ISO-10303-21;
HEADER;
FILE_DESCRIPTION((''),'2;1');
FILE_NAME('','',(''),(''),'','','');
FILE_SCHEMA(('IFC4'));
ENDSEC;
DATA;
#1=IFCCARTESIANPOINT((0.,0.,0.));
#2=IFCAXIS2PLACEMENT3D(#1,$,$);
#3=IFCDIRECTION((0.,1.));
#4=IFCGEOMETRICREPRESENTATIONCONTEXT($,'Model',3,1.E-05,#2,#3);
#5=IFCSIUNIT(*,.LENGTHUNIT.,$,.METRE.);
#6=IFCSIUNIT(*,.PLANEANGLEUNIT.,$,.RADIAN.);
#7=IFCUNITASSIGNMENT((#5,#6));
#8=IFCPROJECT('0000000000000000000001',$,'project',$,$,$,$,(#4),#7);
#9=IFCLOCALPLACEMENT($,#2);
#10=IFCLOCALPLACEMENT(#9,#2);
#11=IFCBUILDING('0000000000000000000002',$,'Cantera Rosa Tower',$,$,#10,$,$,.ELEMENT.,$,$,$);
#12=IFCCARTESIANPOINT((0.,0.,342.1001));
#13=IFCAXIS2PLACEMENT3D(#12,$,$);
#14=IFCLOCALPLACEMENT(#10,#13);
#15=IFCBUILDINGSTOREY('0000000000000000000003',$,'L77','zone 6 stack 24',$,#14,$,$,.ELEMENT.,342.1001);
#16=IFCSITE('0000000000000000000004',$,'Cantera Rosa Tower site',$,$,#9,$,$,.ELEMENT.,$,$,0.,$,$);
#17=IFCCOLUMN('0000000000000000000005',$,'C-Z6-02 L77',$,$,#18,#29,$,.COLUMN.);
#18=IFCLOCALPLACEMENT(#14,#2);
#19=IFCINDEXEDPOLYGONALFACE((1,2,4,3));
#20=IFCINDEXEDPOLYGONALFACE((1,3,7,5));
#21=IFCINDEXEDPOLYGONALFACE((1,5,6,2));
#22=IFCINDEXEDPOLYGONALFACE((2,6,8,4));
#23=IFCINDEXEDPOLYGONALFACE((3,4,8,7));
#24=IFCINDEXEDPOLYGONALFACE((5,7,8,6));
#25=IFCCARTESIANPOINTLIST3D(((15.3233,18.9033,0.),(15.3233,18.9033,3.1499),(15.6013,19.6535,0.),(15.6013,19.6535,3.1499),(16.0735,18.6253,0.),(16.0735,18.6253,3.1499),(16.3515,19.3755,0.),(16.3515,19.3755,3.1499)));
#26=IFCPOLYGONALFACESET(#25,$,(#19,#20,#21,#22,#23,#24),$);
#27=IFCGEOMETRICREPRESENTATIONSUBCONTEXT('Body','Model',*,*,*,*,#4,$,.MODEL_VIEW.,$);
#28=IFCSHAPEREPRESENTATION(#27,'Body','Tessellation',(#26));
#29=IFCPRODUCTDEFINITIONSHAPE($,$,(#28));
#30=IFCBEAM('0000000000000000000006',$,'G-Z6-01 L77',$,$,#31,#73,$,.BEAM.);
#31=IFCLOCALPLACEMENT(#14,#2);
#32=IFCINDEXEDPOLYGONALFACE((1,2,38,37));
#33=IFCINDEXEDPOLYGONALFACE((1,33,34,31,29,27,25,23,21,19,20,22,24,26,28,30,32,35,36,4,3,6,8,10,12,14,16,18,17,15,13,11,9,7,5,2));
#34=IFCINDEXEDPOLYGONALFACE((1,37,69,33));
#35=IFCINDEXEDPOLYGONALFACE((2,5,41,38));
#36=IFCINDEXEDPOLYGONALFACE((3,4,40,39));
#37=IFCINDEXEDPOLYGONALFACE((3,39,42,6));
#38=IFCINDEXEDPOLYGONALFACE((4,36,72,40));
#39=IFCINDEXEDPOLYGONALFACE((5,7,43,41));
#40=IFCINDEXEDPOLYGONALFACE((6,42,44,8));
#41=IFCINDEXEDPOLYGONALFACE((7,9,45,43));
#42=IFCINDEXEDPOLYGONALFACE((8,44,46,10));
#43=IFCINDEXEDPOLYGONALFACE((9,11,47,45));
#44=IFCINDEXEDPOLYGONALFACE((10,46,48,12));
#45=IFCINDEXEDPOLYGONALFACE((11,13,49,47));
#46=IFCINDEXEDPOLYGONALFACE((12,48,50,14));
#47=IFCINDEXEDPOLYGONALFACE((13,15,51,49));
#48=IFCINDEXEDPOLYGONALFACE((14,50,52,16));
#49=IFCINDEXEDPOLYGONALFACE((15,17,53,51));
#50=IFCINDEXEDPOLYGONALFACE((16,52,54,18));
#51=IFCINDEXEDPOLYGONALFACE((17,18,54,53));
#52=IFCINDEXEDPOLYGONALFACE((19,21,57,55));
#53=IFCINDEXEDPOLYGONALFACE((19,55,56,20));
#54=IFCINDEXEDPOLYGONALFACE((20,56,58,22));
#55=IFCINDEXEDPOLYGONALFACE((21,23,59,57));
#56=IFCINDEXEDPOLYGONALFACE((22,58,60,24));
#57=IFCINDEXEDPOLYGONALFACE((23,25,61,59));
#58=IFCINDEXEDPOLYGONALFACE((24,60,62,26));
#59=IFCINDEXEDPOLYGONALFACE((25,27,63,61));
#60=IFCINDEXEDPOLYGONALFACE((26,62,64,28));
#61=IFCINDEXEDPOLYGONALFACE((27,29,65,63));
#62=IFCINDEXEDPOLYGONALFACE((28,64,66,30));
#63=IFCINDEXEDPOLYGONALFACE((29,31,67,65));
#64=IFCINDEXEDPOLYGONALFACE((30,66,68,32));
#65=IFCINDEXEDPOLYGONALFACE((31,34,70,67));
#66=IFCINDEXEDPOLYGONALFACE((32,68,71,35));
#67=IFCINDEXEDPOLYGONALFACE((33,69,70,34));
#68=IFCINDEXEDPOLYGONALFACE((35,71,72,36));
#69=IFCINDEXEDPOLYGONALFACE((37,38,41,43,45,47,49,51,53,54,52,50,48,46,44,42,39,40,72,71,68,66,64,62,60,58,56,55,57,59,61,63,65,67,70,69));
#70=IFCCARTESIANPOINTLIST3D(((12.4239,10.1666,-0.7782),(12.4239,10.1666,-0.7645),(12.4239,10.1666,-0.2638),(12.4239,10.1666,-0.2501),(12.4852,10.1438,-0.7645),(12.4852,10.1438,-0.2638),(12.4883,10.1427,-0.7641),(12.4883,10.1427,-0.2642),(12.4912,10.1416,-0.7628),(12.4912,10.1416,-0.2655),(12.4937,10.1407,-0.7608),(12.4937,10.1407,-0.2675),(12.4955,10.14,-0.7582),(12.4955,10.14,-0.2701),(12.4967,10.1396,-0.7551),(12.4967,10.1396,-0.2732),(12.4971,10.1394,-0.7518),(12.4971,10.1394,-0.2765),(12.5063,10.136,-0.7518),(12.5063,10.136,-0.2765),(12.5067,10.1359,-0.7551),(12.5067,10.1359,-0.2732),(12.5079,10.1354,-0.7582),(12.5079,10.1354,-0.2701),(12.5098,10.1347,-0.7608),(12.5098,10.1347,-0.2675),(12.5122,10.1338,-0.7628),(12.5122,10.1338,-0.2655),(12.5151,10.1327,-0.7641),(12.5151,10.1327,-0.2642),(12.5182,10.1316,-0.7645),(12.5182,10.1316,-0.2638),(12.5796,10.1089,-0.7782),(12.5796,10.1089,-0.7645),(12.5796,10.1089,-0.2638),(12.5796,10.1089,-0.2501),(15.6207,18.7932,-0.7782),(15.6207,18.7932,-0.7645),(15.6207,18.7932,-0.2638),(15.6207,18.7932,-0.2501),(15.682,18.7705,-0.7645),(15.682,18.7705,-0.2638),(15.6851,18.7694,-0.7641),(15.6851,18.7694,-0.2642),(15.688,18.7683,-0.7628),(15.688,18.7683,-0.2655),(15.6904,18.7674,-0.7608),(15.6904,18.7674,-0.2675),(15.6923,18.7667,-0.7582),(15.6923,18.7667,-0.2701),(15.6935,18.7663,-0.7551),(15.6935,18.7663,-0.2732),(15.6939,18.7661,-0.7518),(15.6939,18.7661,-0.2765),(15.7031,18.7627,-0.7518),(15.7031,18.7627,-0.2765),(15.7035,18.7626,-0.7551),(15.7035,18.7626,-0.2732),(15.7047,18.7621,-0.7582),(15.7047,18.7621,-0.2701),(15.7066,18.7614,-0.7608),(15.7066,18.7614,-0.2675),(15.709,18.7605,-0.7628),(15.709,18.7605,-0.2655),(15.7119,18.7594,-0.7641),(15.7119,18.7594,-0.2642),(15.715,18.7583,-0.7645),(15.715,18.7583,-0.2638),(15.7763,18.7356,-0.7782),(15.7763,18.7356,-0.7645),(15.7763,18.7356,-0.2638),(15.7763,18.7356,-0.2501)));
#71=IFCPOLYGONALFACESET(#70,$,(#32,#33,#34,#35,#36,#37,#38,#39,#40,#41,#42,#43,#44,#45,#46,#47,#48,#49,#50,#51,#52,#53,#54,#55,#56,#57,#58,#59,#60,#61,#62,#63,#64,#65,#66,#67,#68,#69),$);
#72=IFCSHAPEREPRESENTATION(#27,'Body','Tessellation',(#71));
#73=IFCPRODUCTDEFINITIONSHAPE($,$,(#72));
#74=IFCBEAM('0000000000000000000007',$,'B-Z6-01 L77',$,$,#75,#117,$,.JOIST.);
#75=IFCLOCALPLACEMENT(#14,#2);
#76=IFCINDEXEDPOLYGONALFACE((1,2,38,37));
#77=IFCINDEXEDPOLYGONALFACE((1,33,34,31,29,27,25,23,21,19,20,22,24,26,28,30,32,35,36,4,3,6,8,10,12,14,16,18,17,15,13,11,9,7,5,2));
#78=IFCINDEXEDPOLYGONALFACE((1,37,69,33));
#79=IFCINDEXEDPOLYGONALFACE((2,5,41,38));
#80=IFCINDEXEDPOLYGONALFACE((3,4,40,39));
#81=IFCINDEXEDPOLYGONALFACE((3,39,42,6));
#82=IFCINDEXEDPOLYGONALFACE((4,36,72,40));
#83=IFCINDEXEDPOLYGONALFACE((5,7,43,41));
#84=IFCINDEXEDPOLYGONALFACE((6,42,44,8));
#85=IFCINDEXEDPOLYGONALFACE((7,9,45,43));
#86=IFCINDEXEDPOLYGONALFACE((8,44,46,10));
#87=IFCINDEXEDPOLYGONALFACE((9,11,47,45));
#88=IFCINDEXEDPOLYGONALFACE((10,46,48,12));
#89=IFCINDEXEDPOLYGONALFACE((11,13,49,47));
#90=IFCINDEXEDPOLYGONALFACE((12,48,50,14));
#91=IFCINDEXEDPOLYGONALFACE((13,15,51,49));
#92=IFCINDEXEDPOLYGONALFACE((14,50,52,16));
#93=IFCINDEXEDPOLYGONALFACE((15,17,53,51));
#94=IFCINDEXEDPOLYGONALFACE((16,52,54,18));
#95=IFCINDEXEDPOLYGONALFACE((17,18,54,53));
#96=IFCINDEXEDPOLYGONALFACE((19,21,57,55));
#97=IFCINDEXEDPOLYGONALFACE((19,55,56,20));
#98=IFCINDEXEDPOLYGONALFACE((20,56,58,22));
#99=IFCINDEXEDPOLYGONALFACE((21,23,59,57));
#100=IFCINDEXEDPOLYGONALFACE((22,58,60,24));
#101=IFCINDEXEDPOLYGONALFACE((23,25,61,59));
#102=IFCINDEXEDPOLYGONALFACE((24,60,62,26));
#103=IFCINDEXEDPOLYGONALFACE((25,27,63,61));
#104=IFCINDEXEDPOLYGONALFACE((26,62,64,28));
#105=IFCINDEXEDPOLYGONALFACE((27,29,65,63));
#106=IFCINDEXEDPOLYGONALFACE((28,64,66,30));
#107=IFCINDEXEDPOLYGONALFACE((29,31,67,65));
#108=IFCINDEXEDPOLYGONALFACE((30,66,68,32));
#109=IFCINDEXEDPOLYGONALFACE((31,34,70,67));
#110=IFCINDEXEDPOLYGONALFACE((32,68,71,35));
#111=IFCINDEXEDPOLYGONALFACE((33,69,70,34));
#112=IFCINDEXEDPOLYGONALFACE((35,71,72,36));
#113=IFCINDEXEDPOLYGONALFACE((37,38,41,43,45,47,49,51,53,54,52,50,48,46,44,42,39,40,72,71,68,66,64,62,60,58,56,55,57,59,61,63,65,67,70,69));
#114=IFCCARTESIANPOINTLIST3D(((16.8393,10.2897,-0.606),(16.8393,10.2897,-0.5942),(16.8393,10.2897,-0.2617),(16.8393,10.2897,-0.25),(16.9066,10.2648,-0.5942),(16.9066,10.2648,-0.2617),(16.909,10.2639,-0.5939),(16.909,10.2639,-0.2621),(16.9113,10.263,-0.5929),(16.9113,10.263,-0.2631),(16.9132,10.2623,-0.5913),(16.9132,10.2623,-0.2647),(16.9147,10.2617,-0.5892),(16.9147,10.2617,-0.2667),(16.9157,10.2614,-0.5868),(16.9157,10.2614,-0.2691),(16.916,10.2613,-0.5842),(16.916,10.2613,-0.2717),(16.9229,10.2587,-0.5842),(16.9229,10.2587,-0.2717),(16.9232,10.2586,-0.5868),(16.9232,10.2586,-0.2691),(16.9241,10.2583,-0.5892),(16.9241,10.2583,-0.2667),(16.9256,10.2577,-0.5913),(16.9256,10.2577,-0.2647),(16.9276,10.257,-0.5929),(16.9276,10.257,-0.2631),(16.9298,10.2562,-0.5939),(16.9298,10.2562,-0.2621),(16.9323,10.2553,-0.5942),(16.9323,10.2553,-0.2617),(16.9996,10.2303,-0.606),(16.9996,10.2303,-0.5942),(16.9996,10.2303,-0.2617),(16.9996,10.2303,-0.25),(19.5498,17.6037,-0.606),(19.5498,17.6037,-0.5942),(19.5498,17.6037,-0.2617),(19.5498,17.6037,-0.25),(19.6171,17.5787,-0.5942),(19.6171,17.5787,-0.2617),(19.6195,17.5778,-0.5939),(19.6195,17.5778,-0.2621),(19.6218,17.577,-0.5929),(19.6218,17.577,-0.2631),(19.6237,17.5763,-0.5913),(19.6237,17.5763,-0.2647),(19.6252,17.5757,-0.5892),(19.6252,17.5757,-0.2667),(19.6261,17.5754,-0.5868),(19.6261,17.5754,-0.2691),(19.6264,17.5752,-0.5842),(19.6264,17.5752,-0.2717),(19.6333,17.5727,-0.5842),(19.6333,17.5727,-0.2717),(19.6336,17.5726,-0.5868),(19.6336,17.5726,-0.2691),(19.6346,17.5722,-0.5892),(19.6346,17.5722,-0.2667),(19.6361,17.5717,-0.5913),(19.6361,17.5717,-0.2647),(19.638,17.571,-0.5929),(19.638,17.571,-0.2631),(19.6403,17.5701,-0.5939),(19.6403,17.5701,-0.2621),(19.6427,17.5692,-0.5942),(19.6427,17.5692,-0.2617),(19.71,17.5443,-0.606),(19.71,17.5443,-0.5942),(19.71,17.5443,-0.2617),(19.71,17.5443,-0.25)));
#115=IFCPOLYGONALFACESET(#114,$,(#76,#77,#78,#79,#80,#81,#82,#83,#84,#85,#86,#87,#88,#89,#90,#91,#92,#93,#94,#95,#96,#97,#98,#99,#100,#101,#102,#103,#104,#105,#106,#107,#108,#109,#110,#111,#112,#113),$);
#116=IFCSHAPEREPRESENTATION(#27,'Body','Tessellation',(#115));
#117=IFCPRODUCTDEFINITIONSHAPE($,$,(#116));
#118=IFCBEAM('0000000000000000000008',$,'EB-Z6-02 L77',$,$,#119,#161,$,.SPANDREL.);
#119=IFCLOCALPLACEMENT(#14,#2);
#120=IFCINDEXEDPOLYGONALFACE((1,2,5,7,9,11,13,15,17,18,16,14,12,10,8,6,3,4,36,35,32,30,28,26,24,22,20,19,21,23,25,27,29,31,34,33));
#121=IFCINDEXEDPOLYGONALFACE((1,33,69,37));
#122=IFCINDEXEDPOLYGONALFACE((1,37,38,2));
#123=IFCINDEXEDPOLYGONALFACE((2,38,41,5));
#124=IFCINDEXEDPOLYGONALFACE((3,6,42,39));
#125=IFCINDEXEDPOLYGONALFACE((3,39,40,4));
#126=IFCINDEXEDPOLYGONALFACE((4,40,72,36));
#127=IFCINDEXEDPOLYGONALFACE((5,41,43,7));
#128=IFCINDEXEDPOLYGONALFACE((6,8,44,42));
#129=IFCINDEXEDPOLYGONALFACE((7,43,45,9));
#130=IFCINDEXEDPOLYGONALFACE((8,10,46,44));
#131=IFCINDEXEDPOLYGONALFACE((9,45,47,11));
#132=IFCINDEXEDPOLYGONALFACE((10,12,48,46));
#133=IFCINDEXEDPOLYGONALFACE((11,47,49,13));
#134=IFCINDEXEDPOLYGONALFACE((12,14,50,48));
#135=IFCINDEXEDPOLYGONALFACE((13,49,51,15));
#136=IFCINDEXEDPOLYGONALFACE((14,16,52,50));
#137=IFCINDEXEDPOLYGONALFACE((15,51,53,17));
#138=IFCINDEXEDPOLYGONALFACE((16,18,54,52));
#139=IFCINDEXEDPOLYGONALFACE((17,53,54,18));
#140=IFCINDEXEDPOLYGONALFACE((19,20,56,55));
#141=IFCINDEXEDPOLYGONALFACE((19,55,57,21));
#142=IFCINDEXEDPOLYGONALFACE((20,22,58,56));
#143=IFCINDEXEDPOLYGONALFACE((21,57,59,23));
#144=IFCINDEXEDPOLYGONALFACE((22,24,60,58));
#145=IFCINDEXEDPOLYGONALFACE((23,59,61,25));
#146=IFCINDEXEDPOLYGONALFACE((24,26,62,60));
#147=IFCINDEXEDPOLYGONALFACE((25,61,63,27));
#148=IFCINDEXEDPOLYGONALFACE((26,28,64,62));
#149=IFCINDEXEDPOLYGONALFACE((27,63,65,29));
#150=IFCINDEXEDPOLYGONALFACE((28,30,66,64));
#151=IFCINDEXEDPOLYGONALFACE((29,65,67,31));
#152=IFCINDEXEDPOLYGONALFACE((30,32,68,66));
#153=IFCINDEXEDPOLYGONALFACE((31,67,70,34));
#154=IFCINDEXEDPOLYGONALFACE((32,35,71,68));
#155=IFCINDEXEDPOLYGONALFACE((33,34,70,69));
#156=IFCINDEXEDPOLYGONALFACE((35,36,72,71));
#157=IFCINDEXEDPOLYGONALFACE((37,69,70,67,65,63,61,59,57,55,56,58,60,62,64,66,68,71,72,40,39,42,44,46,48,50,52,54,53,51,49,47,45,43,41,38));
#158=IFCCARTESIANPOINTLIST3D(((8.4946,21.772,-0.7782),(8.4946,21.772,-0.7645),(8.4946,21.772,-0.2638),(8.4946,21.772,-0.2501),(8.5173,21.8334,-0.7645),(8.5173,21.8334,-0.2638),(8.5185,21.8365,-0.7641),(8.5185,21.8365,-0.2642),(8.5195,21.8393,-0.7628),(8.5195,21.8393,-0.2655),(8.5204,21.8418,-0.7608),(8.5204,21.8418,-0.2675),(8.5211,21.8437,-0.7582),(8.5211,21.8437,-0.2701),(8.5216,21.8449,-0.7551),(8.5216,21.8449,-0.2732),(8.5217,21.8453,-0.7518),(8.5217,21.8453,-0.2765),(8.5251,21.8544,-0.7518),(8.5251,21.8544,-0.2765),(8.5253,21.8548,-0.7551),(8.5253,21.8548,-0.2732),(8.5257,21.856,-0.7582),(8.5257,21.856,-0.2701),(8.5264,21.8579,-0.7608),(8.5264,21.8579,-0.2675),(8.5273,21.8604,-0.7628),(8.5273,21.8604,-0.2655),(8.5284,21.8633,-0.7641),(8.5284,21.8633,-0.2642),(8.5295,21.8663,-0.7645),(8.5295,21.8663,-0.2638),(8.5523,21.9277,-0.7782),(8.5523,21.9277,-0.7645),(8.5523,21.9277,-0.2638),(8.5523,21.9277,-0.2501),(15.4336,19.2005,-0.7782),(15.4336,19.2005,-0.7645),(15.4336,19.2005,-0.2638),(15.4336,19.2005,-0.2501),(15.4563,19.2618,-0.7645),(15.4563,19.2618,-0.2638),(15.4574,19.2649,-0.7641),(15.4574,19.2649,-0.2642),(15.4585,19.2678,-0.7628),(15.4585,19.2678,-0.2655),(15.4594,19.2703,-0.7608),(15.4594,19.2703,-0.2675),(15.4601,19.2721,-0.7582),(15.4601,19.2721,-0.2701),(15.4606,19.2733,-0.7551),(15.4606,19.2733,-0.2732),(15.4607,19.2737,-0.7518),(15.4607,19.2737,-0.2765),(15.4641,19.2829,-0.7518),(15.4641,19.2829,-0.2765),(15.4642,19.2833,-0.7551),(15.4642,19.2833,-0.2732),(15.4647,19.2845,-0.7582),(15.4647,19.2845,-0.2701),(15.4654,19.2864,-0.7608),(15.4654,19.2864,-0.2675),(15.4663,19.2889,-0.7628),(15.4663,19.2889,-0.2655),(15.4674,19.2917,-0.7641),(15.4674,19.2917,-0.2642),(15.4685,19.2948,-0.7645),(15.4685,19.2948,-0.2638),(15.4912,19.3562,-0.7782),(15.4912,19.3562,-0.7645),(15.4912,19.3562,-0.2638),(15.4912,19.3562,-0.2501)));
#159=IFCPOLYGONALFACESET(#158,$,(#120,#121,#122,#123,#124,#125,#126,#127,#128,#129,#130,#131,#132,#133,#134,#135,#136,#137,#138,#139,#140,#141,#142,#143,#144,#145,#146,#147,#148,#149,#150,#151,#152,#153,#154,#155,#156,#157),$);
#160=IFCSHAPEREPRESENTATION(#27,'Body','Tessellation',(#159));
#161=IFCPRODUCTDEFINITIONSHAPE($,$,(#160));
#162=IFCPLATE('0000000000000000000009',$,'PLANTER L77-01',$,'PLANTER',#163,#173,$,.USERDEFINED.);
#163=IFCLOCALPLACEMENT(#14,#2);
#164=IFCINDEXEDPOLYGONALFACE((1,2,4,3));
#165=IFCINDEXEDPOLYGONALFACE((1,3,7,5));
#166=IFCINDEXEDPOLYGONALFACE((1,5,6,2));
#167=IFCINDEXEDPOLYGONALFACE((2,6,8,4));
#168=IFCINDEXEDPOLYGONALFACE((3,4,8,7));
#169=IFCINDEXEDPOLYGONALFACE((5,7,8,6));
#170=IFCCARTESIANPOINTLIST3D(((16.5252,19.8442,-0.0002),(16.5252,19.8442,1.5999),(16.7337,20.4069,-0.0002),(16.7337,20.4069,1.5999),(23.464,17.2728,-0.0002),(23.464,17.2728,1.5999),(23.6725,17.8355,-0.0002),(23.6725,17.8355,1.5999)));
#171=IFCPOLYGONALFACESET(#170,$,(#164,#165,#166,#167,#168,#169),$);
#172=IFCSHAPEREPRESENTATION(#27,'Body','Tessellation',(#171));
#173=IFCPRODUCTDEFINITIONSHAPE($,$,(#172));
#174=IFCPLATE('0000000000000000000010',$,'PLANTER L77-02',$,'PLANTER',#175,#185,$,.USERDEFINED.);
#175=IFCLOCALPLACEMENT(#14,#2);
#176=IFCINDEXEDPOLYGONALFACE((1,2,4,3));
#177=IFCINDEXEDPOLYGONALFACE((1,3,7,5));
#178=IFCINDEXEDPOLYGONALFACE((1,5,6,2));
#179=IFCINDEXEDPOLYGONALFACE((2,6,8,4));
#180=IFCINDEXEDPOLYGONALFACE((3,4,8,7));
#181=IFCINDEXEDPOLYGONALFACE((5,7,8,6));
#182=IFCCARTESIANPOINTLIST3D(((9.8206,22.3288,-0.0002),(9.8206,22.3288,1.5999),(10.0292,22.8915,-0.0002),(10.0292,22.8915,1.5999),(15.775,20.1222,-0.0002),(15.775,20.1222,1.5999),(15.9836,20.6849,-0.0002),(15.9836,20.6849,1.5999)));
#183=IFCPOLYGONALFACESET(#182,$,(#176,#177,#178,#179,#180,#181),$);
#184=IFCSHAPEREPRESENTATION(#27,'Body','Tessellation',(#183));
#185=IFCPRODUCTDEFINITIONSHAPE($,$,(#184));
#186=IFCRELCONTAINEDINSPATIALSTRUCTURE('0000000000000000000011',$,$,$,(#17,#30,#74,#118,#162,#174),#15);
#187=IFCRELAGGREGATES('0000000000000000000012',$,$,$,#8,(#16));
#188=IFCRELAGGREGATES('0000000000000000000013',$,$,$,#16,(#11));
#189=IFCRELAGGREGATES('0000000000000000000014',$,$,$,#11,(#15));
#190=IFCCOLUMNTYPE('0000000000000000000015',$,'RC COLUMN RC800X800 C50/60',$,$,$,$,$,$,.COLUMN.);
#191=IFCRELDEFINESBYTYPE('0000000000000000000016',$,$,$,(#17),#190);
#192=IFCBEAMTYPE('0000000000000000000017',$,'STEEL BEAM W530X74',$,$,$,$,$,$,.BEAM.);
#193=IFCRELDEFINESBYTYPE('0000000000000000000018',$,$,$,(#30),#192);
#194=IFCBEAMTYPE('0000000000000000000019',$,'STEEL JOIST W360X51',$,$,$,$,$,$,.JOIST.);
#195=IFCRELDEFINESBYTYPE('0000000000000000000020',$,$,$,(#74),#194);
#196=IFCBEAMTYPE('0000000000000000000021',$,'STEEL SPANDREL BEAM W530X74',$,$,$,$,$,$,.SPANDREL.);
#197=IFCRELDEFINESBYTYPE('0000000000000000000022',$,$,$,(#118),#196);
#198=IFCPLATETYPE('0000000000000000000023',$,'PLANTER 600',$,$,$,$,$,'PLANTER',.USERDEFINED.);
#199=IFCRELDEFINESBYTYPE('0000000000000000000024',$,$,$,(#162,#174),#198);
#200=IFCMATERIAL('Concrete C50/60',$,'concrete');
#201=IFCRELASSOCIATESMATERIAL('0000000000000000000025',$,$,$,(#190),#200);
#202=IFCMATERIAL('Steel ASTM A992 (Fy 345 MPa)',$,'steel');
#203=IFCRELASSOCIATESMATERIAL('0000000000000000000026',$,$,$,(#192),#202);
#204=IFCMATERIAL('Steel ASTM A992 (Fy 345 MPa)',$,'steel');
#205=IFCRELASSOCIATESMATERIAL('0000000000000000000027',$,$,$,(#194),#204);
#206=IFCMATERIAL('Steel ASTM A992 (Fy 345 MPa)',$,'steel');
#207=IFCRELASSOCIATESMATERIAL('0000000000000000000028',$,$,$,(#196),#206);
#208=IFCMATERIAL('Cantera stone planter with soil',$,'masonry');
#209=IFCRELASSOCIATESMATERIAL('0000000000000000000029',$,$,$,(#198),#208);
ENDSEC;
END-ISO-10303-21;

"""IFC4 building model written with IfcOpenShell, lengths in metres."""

from ifc_helpers import new_model, si_unit, direction, frame, origin, origin_2d, place, context, subcontext, project, spatial, rectangle, i_section, extrude, material, material_profile, profile_set, type_object, element, save


model = new_model("IFC4")

# Units and contexts
model_context = context("Model", 3, precision=1e-05, world=origin(), true_north=direction((0.0, 1.0)))
body_context = subcontext(model_context, "Body", "Model", "MODEL_VIEW")
ifc_project = project(units=[si_unit("LENGTHUNIT", "METRE"), si_unit("PLANEANGLEUNIT", "RADIAN")], contexts=[model_context])

# Site, building, storey
site_placement = place(None, origin())
site = spatial("IfcSite", under=ifc_project, at=site_placement, Name="Cantera Rosa Tower site", CompositionType="ELEMENT", RefElevation=0.0)
building_placement = place(site_placement, origin())
building = spatial("IfcBuilding", under=site, at=building_placement, Name="Cantera Rosa Tower", CompositionType="ELEMENT")
storey_placement = place(building_placement, frame((0.0, 0.0, 342.1001)))
storey = spatial("IfcBuildingStorey", under=building, at=storey_placement, Name="L77", Description="zone 6 stack 24", CompositionType="ELEMENT", Elevation=342.1001)

# Column
ifc_material_1 = material(Name="Concrete C50/60", Category="concrete")
ifc_material_profile_1 = material_profile(ifc_material_1, rectangle(XDim=0.8, YDim=0.8, at=origin_2d()), Name="RC COLUMN RC800X800 C50/60")
ifc_profile_set_1 = profile_set([ifc_material_profile_1], Name="Concrete C50/60")
column_type = type_object("IfcColumnType", Name="RC COLUMN RC800X800 C50/60", PredefinedType="COLUMN", material=ifc_profile_set_1)
column_placement = place(storey_placement, frame((15.8374, 19.1394, 0.0), z_axis=(0.0, 0.0, 1.0), x_axis=(0.347481, 0.937687, 0.0)))
element("IfcColumn", 1, at=column_placement, inside=storey, type_object=column_type, Name="C-Z6-02 L77", PredefinedType="COLUMN", context=body_context, shape_type="SweptSolid", body=[
    extrude(rectangle(XDim=0.8, YDim=0.8, at=origin_2d()), origin(), (0.0, 0.0, 1.0), 3.1499),
])

# Beams
ifc_material_2 = material(Name="Steel ASTM A992 (Fy 345 MPa)", Category="steel")
ifc_material_profile_2 = material_profile(ifc_material_2, i_section(OverallWidth=0.166, OverallDepth=0.5281, WebThickness=0.0098, FlangeThickness=0.0137, FilletRadius=0.0127, at=origin_2d()), Name="W530X74")
ifc_profile_set_2 = profile_set([ifc_material_profile_2], Name="Steel ASTM A992 (Fy 345 MPa)")
beam_type_1 = type_object("IfcBeamType", Name="STEEL BEAM W530X74", PredefinedType="BEAM", material=ifc_profile_set_2)
beam_1_placement = place(storey_placement, frame((15.6985, 18.7644, -0.5142), z_axis=(-0.347477, -0.937689, 0.0), x_axis=(0.937689, -0.347477, 0.0)))
element("IfcBeam", 2, at=beam_1_placement, inside=storey, type_object=beam_type_1, Name="G-Z6-01 L77", PredefinedType="BEAM", context=body_context, shape_type="SweptSolid", body=[
    extrude(i_section(OverallWidth=0.166, OverallDepth=0.5281, WebThickness=0.0098, FlangeThickness=0.0137, FilletRadius=0.0127, at=origin_2d()), origin(), (0.0, 0.0, 1.0), 9.2),
])
ifc_material_3 = material(Name="Steel ASTM A992 (Fy 345 MPa)", Category="steel")
ifc_material_profile_3 = material_profile(ifc_material_3, i_section(OverallWidth=0.1709, OverallDepth=0.356, WebThickness=0.0073, FlangeThickness=0.0117, FilletRadius=0.01, at=origin_2d()), Name="W360X51")
ifc_profile_set_3 = profile_set([ifc_material_profile_3], Name="Steel ASTM A992 (Fy 345 MPa)")
beam_type_2 = type_object("IfcBeamType", Name="STEEL JOIST W360X51", PredefinedType="JOIST", material=ifc_profile_set_3)
beam_2_placement = place(storey_placement, frame((19.6299, 17.574, -0.428), z_axis=(-0.347492, -0.937683, 0.0), x_axis=(0.937683, -0.347492, 0.0)))
element("IfcBeam", 3, at=beam_2_placement, inside=storey, type_object=beam_type_2, Name="B-Z6-01 L77", PredefinedType="JOIST", context=body_context, shape_type="SweptSolid", body=[
    extrude(i_section(OverallWidth=0.1709, OverallDepth=0.356, WebThickness=0.0073, FlangeThickness=0.0117, FilletRadius=0.01, at=origin_2d()), origin(), (0.0, 0.0, 1.0), 7.8),
])
ifc_material_4 = material(Name="Steel ASTM A992 (Fy 345 MPa)", Category="steel")
ifc_material_profile_4 = material_profile(ifc_material_4, i_section(OverallWidth=0.166, OverallDepth=0.5281, WebThickness=0.0098, FlangeThickness=0.0137, FilletRadius=0.0127, at=origin_2d()), Name="W530X74")
ifc_profile_set_4 = profile_set([ifc_material_profile_4], Name="Steel ASTM A992 (Fy 345 MPa)")
beam_type_3 = type_object("IfcBeamType", Name="STEEL SPANDREL BEAM W530X74", PredefinedType="SPANDREL", material=ifc_profile_set_4)
beam_3_placement = place(storey_placement, frame((15.4624, 19.2783, -0.5142), z_axis=(-0.937681, 0.347498, 0.0), x_axis=(-0.347498, -0.937681, 0.0)))
element("IfcBeam", 4, at=beam_3_placement, inside=storey, type_object=beam_type_3, Name="EB-Z6-02 L77", PredefinedType="SPANDREL", context=body_context, shape_type="SweptSolid", body=[
    extrude(i_section(OverallWidth=0.166, OverallDepth=0.5281, WebThickness=0.0098, FlangeThickness=0.0137, FilletRadius=0.0127, at=origin_2d()), origin(), (0.0, 0.0, 1.0), 7.4001),
])

# Plates
ifc_material_5 = material(Name="Cantera stone planter with soil", Category="masonry")
plate_type = type_object("IfcPlateType", Name="PLANTER 600", ElementType="PLANTER", PredefinedType="USERDEFINED", material=ifc_material_5)
plate_1_placement = place(storey_placement, frame((20.0989, 18.8398, -0.0002), z_axis=(0.0, 0.0, 1.0), x_axis=(-0.937687, 0.347481, 0.0)))
element("IfcPlate", 5, at=plate_1_placement, inside=storey, type_object=plate_type, Name="PLANTER L77-01", ObjectType="PLANTER", PredefinedType="USERDEFINED", context=body_context, shape_type="SweptSolid", body=[
    extrude(rectangle(XDim=7.3999, YDim=0.6001, at=origin_2d()), origin(), (0.0, 0.0, 1.0), 1.6001),
])
plate_2_placement = place(storey_placement, frame((12.9021, 21.5068, -0.0002), z_axis=(0.0, 0.0, 1.0), x_axis=(-0.937687, 0.347481, 0.0)))
element("IfcPlate", 6, at=plate_2_placement, inside=storey, type_object=plate_type, Name="PLANTER L77-02", ObjectType="PLANTER", PredefinedType="USERDEFINED", context=body_context, shape_type="SweptSolid", body=[
    extrude(rectangle(XDim=6.3501, YDim=0.6001, at=origin_2d()), origin(), (0.0, 0.0, 1.0), 1.6001),
])

save(model, "model.ifc")
